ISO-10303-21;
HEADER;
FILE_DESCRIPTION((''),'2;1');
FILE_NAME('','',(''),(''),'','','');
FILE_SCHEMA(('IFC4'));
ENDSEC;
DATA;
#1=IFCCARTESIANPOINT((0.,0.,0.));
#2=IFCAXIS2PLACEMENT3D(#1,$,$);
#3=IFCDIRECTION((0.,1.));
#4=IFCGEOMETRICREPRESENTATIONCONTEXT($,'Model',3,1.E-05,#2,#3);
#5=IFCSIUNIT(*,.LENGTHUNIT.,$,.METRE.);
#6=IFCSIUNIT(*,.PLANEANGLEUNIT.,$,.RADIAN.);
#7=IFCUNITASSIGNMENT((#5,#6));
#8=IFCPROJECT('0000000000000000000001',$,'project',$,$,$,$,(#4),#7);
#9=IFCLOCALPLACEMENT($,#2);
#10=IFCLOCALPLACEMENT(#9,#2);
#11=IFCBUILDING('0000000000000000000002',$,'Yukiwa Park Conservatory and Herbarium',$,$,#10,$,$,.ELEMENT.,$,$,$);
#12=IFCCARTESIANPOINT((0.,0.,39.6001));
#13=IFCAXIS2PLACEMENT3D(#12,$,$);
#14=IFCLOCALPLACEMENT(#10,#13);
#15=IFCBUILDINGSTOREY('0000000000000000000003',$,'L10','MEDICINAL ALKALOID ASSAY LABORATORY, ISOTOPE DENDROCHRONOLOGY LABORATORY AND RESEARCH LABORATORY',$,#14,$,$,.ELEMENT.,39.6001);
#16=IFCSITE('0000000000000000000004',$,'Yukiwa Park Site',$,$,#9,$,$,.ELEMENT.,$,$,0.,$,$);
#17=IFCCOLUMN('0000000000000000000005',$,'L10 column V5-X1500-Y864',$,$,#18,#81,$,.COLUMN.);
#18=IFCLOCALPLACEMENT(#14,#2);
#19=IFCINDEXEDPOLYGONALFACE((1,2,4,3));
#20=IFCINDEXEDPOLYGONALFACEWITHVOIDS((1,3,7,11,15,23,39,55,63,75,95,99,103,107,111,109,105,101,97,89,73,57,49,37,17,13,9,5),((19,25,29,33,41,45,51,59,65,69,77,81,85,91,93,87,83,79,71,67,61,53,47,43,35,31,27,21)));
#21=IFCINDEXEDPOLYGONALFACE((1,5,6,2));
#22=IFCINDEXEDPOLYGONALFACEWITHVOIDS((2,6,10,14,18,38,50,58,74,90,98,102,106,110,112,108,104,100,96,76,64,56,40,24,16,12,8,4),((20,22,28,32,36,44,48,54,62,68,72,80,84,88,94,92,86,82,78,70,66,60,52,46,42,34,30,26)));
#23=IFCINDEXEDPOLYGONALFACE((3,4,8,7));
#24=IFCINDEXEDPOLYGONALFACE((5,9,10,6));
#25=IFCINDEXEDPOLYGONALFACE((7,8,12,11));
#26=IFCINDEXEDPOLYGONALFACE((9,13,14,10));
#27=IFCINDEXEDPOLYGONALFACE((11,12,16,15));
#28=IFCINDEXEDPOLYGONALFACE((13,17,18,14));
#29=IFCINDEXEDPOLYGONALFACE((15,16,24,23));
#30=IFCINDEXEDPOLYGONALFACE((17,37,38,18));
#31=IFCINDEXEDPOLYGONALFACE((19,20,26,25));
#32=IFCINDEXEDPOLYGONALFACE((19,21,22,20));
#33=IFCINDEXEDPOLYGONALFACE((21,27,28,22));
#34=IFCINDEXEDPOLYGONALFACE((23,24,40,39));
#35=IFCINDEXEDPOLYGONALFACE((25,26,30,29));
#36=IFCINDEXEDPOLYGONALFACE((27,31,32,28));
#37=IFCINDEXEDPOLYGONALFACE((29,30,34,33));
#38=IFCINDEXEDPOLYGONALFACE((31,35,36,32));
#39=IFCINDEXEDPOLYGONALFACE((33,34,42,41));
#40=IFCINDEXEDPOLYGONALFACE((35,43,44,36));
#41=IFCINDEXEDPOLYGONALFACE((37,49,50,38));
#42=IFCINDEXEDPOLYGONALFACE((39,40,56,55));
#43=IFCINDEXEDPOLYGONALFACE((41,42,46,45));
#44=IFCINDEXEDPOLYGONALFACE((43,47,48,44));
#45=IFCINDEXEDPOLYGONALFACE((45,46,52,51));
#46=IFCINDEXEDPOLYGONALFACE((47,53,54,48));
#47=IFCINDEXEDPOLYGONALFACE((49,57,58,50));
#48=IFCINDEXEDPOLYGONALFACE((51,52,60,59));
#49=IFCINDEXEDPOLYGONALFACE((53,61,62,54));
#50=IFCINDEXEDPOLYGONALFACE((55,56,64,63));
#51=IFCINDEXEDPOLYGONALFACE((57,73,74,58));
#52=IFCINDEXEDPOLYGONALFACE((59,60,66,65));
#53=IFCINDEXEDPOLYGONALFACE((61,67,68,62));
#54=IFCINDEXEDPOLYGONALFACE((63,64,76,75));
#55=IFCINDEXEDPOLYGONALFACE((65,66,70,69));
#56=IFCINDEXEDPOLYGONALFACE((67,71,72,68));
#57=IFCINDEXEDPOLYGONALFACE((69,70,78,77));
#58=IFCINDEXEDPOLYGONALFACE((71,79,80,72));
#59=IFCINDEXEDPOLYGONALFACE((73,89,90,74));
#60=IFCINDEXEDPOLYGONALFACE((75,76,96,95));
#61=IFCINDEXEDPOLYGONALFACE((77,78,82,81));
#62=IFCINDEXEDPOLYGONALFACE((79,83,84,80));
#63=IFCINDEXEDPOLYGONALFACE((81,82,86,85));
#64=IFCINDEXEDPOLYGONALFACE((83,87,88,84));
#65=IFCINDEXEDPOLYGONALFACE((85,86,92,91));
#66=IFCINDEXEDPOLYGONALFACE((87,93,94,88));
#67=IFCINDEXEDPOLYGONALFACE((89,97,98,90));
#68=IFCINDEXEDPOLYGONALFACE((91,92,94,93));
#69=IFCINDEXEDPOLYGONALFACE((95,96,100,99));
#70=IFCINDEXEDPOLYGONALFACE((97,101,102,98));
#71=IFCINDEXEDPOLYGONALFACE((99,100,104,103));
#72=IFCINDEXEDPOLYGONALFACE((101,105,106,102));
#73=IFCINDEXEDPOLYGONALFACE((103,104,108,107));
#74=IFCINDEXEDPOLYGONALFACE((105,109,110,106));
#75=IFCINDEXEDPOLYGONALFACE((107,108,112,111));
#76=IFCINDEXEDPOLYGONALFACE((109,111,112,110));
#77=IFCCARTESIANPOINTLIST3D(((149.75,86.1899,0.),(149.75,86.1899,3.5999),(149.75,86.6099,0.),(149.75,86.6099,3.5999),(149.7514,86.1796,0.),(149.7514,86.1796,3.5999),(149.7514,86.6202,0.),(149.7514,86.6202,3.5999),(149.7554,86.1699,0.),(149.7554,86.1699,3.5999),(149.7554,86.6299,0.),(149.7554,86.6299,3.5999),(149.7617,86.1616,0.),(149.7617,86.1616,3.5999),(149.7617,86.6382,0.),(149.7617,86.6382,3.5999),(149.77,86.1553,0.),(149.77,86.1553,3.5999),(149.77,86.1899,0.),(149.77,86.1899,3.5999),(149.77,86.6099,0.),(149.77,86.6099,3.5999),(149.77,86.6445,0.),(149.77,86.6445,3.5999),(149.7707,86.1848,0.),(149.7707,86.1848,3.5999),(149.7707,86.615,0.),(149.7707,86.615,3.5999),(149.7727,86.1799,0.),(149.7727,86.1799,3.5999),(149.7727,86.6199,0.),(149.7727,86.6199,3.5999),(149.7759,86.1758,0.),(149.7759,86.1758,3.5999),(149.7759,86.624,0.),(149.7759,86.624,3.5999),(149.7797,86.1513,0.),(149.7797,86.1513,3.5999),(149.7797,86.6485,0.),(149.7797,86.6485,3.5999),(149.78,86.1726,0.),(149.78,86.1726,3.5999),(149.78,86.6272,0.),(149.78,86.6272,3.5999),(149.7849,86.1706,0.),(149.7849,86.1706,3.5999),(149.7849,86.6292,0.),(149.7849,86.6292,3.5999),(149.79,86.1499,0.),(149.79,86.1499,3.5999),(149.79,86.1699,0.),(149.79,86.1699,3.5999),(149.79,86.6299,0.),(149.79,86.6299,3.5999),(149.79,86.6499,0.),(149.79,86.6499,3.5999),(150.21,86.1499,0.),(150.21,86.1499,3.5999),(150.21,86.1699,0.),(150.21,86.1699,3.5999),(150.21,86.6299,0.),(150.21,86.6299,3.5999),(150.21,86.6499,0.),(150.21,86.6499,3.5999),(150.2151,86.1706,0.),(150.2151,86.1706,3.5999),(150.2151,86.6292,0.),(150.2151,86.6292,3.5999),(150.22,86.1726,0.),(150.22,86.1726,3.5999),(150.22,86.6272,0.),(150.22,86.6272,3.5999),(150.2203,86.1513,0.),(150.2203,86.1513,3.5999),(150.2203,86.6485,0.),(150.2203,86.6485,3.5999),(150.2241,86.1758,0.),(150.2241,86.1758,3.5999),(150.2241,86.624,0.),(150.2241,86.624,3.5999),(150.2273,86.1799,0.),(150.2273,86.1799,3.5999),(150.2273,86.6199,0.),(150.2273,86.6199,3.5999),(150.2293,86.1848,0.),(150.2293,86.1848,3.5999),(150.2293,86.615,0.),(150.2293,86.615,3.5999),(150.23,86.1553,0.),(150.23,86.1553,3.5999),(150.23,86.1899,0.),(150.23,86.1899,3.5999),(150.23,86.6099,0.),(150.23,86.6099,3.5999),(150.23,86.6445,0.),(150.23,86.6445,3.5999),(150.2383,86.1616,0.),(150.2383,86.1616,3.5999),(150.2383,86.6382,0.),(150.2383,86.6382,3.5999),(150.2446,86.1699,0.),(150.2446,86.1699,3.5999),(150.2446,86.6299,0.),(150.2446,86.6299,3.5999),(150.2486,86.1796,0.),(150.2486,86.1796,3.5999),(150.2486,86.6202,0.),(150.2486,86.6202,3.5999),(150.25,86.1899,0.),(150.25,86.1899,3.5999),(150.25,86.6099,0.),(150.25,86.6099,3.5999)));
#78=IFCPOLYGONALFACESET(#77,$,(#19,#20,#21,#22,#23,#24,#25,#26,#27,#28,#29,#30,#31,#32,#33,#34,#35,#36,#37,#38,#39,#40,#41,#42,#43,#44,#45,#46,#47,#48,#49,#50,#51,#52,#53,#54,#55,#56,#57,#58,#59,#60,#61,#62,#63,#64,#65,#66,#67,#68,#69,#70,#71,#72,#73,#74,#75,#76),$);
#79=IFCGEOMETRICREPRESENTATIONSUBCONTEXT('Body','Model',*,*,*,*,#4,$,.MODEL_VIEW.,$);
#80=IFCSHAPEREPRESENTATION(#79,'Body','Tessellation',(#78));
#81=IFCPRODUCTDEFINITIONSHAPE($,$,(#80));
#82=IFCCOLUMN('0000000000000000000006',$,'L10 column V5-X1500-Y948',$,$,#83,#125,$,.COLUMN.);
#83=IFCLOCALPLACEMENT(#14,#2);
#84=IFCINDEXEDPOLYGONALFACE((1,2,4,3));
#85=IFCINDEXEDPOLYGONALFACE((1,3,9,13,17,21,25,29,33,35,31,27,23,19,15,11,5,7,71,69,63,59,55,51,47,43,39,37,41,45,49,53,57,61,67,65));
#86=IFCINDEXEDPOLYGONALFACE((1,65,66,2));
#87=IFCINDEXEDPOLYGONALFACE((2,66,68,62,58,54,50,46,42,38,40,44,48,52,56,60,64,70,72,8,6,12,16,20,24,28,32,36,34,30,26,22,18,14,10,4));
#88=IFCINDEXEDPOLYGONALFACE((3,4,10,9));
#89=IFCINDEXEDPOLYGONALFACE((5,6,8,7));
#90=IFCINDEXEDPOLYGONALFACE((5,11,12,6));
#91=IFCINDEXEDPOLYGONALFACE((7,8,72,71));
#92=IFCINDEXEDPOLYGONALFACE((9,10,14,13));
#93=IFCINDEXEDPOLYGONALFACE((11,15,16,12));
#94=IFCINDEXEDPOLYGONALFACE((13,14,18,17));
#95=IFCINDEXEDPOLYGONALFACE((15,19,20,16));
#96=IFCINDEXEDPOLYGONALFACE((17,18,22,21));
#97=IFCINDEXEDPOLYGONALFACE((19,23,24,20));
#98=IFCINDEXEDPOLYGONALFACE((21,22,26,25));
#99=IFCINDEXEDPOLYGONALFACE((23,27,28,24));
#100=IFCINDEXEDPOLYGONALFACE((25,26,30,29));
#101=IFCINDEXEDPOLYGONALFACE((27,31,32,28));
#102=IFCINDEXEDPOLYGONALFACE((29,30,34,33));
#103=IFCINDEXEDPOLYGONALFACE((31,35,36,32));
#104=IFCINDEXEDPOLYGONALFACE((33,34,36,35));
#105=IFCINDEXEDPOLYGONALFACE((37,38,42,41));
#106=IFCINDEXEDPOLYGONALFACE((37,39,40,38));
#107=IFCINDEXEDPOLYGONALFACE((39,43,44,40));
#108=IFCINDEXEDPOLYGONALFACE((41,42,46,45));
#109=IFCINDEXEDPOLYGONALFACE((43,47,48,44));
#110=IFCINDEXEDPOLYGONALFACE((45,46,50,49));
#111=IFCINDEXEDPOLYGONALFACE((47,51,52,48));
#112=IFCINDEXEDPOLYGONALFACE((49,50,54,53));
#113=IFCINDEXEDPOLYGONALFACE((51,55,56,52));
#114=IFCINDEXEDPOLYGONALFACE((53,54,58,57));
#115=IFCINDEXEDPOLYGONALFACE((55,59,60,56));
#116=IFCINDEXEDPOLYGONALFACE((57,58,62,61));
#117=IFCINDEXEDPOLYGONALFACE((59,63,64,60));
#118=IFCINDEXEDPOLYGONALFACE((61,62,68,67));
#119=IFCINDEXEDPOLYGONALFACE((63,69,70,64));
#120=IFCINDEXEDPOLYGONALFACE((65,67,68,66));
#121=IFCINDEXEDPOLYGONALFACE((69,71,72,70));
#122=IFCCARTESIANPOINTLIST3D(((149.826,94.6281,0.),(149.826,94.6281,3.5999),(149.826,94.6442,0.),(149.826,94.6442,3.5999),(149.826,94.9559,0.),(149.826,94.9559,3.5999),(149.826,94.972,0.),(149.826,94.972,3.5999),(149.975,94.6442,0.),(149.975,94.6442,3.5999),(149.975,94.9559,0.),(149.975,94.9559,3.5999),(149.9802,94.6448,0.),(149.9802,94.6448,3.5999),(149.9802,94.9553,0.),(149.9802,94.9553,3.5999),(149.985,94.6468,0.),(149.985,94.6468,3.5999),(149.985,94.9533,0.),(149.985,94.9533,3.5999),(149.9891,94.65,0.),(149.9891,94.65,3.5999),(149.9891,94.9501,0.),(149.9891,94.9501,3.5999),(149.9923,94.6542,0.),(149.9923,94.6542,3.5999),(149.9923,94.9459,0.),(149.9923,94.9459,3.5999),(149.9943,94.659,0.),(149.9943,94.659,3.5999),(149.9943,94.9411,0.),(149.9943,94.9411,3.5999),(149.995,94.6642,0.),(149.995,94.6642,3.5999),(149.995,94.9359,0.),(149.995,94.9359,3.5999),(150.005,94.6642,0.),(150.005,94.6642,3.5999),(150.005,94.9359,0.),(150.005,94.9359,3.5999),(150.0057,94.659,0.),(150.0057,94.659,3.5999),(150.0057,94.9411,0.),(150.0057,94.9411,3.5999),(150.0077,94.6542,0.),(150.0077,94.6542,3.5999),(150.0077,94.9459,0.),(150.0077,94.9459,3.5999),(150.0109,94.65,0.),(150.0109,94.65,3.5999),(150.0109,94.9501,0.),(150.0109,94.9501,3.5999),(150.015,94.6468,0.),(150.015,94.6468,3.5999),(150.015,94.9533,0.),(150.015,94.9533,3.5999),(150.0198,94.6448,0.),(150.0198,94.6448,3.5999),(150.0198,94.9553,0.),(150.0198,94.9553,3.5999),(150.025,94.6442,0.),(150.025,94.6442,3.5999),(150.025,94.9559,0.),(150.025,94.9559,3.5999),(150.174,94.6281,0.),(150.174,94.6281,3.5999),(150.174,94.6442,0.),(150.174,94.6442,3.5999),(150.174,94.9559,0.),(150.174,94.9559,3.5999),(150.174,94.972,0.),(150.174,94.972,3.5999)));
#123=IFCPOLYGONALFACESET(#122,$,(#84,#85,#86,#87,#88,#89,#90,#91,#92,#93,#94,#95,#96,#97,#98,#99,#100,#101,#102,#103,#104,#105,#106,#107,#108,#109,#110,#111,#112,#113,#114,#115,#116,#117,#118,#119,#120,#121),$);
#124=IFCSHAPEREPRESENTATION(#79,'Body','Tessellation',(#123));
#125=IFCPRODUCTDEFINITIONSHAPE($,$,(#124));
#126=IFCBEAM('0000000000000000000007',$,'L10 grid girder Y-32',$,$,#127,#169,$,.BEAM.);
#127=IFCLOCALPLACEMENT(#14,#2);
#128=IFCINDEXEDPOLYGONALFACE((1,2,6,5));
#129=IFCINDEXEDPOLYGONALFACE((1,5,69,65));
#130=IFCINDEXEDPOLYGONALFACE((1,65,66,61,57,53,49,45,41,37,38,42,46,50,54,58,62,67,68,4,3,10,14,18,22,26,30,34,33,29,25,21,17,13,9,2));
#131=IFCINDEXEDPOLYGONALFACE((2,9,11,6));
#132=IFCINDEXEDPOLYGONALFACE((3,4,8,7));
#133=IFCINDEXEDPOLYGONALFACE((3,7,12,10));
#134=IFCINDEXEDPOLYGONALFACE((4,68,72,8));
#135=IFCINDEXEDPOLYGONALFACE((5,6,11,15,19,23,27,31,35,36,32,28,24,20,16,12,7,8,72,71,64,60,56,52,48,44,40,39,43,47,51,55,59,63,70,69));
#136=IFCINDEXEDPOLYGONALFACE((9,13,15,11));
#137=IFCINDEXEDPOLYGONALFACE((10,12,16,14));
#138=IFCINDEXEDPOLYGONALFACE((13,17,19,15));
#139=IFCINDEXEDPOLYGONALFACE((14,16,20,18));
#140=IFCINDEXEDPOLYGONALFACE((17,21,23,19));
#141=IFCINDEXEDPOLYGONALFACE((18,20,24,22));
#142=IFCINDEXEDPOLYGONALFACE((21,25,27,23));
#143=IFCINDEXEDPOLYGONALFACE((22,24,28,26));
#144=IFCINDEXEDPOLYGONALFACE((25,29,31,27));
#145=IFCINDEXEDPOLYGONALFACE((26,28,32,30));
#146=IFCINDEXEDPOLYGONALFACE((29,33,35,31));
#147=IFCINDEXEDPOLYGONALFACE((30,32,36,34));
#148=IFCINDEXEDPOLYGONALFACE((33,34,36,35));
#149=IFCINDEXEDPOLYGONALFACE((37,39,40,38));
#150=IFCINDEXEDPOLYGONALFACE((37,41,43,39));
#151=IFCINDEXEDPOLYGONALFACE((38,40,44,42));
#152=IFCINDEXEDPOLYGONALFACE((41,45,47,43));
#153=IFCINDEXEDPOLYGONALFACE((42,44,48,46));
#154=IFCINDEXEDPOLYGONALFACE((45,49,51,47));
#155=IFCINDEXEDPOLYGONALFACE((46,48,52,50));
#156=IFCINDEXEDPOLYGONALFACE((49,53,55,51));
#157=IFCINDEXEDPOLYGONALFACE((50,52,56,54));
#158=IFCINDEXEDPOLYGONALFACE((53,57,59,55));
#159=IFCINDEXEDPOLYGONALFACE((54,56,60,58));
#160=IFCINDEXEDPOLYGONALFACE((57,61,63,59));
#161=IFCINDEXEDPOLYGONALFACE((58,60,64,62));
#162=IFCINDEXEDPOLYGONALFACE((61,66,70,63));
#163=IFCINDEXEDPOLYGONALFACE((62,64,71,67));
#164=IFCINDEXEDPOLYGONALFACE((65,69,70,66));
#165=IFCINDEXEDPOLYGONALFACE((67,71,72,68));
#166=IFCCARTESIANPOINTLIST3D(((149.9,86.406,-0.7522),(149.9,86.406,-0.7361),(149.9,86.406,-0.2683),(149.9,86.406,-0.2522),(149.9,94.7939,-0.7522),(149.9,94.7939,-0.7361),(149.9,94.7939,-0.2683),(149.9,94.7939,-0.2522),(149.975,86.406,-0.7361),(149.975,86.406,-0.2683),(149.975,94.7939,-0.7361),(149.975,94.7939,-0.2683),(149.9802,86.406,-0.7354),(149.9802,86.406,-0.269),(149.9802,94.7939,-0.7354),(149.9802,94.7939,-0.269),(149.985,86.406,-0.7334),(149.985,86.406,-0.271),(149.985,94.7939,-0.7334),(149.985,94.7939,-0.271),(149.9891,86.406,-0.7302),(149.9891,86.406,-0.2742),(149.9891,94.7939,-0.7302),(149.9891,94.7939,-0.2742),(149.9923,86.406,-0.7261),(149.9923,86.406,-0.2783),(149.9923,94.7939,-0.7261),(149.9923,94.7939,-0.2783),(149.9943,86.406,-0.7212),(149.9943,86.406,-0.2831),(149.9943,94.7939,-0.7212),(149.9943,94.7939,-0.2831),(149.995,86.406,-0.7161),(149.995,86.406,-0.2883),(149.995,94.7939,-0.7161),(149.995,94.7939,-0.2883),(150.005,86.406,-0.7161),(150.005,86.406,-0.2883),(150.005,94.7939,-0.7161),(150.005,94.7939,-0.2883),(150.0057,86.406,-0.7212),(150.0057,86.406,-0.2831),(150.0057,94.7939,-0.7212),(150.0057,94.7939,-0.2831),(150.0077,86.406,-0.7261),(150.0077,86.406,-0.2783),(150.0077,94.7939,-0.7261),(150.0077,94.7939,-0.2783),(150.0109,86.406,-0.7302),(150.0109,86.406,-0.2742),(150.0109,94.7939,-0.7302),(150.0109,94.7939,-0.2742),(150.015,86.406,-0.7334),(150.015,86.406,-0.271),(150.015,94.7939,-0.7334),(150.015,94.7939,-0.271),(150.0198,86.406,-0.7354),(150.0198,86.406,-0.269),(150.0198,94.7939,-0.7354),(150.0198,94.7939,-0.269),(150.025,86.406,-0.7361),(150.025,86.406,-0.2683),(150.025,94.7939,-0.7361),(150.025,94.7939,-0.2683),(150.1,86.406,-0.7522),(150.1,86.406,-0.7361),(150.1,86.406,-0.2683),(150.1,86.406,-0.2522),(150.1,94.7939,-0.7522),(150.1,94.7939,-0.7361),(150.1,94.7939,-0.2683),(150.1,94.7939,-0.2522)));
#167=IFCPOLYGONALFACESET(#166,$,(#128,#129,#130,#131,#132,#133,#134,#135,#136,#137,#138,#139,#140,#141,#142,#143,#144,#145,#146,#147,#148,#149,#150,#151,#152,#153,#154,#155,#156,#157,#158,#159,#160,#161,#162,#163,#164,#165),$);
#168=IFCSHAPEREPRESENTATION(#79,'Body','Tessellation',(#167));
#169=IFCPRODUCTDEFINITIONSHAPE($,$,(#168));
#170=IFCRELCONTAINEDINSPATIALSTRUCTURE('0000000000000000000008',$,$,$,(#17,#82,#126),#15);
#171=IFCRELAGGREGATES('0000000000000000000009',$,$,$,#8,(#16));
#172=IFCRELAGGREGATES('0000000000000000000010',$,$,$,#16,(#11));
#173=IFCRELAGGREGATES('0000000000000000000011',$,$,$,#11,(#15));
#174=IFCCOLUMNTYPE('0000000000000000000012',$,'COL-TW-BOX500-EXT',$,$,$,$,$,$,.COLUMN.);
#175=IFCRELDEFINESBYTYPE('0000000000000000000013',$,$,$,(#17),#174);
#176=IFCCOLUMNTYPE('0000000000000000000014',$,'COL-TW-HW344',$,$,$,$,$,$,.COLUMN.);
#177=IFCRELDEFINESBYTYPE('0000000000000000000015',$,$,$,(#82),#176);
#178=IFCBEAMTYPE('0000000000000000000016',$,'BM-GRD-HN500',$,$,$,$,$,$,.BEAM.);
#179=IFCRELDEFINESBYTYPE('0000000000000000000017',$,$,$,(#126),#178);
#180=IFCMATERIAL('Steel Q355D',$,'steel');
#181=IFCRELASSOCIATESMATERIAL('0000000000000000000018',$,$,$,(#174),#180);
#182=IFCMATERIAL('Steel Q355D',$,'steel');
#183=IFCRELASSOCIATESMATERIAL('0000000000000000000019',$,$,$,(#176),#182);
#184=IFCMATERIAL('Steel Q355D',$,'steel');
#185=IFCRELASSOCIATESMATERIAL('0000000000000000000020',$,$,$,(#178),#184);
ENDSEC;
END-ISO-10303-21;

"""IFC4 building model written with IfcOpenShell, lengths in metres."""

from ifc_helpers import new_model, si_unit, direction, frame, origin, origin_2d, place, context, subcontext, project, spatial, hollow_rectangle, i_section, extrude, material, material_profile, profile_set, type_object, element, save


model = new_model("IFC4")

# Units and contexts
model_context = context("Model", 3, precision=1e-05, world=origin(), true_north=direction((0.0, 1.0)))
body_context = subcontext(model_context, "Body", "Model", "MODEL_VIEW")
ifc_project = project(units=[si_unit("LENGTHUNIT", "METRE"), si_unit("PLANEANGLEUNIT", "RADIAN")], contexts=[model_context])

# Site, building, storey
site_placement = place(None, origin())
site = spatial("IfcSite", under=ifc_project, at=site_placement, Name="Yukiwa Park Site", CompositionType="ELEMENT", RefElevation=0.0)
building_placement = place(site_placement, origin())
building = spatial("IfcBuilding", under=site, at=building_placement, Name="Yukiwa Park Conservatory and Herbarium", CompositionType="ELEMENT")
storey_placement = place(building_placement, frame((0.0, 0.0, 39.6001)))
storey = spatial("IfcBuildingStorey", under=building, at=storey_placement, Name="L10", Description="MEDICINAL ALKALOID ASSAY LABORATORY, ISOTOPE DENDROCHRONOLOGY LABORATORY AND RESEARCH LABORATORY", CompositionType="ELEMENT", Elevation=39.6001)

# Columns
ifc_material_1 = material(Name="Steel Q355D", Category="steel")
ifc_material_profile_1 = material_profile(ifc_material_1, hollow_rectangle(XDim=0.5, YDim=0.5, WallThickness=0.02, InnerFilletRadius=0.02, OuterFilletRadius=0.04, at=origin_2d()), Name="BOX 500x500x20")
ifc_profile_set_1 = profile_set([ifc_material_profile_1], Name="Steel Q355D")
column_type_1 = type_object("IfcColumnType", Name="COL-TW-BOX500-EXT", PredefinedType="COLUMN", material=ifc_profile_set_1)
column_1_placement = place(storey_placement, frame((150.0, 86.3999, 0.0), z_axis=(0.0, 0.0, 1.0), x_axis=(1.0, 0.0, 0.0)))
element("IfcColumn", 1, at=column_1_placement, inside=storey, type_object=column_type_1, Name="L10 column V5-X1500-Y864", PredefinedType="COLUMN", context=body_context, shape_type="SweptSolid", body=[
    extrude(hollow_rectangle(XDim=0.5, YDim=0.5, WallThickness=0.02, InnerFilletRadius=0.02, OuterFilletRadius=0.04, at=origin_2d()), origin(), (0.0, 0.0, 1.0), 3.5999),
])
ifc_material_2 = material(Name="Steel Q355D", Category="steel")
ifc_material_profile_2 = material_profile(ifc_material_2, i_section(OverallWidth=0.3479, OverallDepth=0.344, WebThickness=0.01, FlangeThickness=0.0161, FilletRadius=0.02, at=origin_2d()), Name="HW 344x348x10x16")
ifc_profile_set_2 = profile_set([ifc_material_profile_2], Name="Steel Q355D")
column_type_2 = type_object("IfcColumnType", Name="COL-TW-HW344", PredefinedType="COLUMN", material=ifc_profile_set_2)
column_2_placement = place(storey_placement, frame((150.0, 94.8, 0.0), z_axis=(0.0, 0.0, 1.0), x_axis=(1.0, 0.0, 0.0)))
element("IfcColumn", 2, at=column_2_placement, inside=storey, type_object=column_type_2, Name="L10 column V5-X1500-Y948", PredefinedType="COLUMN", context=body_context, shape_type="SweptSolid", body=[
    extrude(i_section(OverallWidth=0.3479, OverallDepth=0.344, WebThickness=0.01, FlangeThickness=0.0161, FilletRadius=0.02, at=origin_2d()), origin(), (0.0, 0.0, 1.0), 3.5999),
])

# Beam
ifc_material_3 = material(Name="Steel Q355D", Category="steel")
ifc_material_profile_3 = material_profile(ifc_material_3, i_section(OverallWidth=0.2, OverallDepth=0.5, WebThickness=0.01, FlangeThickness=0.0161, FilletRadius=0.02, at=origin_2d()), Name="HN 500x200x10x16")
ifc_profile_set_3 = profile_set([ifc_material_profile_3], Name="Steel Q355D")
beam_type_1 = type_object("IfcBeamType", Name="BM-GRD-HN500", PredefinedType="BEAM", material=ifc_profile_set_3)
beam_1_placement = place(storey_placement, frame((150.0, 86.406, -0.5022), z_axis=(0.0, 1.0, 0.0), x_axis=(-1.0, 0.0, 0.0)))
element("IfcBeam", 3, at=beam_1_placement, inside=storey, type_object=beam_type_1, Name="L10 grid girder Y-32", PredefinedType="BEAM", context=body_context, shape_type="SweptSolid", body=[
    extrude(i_section(OverallWidth=0.2, OverallDepth=0.5, WebThickness=0.01, FlangeThickness=0.0161, FilletRadius=0.02, at=origin_2d()), origin(), (0.0, 0.0, 1.0), 8.3879),
])

save(model, "model.ifc")
